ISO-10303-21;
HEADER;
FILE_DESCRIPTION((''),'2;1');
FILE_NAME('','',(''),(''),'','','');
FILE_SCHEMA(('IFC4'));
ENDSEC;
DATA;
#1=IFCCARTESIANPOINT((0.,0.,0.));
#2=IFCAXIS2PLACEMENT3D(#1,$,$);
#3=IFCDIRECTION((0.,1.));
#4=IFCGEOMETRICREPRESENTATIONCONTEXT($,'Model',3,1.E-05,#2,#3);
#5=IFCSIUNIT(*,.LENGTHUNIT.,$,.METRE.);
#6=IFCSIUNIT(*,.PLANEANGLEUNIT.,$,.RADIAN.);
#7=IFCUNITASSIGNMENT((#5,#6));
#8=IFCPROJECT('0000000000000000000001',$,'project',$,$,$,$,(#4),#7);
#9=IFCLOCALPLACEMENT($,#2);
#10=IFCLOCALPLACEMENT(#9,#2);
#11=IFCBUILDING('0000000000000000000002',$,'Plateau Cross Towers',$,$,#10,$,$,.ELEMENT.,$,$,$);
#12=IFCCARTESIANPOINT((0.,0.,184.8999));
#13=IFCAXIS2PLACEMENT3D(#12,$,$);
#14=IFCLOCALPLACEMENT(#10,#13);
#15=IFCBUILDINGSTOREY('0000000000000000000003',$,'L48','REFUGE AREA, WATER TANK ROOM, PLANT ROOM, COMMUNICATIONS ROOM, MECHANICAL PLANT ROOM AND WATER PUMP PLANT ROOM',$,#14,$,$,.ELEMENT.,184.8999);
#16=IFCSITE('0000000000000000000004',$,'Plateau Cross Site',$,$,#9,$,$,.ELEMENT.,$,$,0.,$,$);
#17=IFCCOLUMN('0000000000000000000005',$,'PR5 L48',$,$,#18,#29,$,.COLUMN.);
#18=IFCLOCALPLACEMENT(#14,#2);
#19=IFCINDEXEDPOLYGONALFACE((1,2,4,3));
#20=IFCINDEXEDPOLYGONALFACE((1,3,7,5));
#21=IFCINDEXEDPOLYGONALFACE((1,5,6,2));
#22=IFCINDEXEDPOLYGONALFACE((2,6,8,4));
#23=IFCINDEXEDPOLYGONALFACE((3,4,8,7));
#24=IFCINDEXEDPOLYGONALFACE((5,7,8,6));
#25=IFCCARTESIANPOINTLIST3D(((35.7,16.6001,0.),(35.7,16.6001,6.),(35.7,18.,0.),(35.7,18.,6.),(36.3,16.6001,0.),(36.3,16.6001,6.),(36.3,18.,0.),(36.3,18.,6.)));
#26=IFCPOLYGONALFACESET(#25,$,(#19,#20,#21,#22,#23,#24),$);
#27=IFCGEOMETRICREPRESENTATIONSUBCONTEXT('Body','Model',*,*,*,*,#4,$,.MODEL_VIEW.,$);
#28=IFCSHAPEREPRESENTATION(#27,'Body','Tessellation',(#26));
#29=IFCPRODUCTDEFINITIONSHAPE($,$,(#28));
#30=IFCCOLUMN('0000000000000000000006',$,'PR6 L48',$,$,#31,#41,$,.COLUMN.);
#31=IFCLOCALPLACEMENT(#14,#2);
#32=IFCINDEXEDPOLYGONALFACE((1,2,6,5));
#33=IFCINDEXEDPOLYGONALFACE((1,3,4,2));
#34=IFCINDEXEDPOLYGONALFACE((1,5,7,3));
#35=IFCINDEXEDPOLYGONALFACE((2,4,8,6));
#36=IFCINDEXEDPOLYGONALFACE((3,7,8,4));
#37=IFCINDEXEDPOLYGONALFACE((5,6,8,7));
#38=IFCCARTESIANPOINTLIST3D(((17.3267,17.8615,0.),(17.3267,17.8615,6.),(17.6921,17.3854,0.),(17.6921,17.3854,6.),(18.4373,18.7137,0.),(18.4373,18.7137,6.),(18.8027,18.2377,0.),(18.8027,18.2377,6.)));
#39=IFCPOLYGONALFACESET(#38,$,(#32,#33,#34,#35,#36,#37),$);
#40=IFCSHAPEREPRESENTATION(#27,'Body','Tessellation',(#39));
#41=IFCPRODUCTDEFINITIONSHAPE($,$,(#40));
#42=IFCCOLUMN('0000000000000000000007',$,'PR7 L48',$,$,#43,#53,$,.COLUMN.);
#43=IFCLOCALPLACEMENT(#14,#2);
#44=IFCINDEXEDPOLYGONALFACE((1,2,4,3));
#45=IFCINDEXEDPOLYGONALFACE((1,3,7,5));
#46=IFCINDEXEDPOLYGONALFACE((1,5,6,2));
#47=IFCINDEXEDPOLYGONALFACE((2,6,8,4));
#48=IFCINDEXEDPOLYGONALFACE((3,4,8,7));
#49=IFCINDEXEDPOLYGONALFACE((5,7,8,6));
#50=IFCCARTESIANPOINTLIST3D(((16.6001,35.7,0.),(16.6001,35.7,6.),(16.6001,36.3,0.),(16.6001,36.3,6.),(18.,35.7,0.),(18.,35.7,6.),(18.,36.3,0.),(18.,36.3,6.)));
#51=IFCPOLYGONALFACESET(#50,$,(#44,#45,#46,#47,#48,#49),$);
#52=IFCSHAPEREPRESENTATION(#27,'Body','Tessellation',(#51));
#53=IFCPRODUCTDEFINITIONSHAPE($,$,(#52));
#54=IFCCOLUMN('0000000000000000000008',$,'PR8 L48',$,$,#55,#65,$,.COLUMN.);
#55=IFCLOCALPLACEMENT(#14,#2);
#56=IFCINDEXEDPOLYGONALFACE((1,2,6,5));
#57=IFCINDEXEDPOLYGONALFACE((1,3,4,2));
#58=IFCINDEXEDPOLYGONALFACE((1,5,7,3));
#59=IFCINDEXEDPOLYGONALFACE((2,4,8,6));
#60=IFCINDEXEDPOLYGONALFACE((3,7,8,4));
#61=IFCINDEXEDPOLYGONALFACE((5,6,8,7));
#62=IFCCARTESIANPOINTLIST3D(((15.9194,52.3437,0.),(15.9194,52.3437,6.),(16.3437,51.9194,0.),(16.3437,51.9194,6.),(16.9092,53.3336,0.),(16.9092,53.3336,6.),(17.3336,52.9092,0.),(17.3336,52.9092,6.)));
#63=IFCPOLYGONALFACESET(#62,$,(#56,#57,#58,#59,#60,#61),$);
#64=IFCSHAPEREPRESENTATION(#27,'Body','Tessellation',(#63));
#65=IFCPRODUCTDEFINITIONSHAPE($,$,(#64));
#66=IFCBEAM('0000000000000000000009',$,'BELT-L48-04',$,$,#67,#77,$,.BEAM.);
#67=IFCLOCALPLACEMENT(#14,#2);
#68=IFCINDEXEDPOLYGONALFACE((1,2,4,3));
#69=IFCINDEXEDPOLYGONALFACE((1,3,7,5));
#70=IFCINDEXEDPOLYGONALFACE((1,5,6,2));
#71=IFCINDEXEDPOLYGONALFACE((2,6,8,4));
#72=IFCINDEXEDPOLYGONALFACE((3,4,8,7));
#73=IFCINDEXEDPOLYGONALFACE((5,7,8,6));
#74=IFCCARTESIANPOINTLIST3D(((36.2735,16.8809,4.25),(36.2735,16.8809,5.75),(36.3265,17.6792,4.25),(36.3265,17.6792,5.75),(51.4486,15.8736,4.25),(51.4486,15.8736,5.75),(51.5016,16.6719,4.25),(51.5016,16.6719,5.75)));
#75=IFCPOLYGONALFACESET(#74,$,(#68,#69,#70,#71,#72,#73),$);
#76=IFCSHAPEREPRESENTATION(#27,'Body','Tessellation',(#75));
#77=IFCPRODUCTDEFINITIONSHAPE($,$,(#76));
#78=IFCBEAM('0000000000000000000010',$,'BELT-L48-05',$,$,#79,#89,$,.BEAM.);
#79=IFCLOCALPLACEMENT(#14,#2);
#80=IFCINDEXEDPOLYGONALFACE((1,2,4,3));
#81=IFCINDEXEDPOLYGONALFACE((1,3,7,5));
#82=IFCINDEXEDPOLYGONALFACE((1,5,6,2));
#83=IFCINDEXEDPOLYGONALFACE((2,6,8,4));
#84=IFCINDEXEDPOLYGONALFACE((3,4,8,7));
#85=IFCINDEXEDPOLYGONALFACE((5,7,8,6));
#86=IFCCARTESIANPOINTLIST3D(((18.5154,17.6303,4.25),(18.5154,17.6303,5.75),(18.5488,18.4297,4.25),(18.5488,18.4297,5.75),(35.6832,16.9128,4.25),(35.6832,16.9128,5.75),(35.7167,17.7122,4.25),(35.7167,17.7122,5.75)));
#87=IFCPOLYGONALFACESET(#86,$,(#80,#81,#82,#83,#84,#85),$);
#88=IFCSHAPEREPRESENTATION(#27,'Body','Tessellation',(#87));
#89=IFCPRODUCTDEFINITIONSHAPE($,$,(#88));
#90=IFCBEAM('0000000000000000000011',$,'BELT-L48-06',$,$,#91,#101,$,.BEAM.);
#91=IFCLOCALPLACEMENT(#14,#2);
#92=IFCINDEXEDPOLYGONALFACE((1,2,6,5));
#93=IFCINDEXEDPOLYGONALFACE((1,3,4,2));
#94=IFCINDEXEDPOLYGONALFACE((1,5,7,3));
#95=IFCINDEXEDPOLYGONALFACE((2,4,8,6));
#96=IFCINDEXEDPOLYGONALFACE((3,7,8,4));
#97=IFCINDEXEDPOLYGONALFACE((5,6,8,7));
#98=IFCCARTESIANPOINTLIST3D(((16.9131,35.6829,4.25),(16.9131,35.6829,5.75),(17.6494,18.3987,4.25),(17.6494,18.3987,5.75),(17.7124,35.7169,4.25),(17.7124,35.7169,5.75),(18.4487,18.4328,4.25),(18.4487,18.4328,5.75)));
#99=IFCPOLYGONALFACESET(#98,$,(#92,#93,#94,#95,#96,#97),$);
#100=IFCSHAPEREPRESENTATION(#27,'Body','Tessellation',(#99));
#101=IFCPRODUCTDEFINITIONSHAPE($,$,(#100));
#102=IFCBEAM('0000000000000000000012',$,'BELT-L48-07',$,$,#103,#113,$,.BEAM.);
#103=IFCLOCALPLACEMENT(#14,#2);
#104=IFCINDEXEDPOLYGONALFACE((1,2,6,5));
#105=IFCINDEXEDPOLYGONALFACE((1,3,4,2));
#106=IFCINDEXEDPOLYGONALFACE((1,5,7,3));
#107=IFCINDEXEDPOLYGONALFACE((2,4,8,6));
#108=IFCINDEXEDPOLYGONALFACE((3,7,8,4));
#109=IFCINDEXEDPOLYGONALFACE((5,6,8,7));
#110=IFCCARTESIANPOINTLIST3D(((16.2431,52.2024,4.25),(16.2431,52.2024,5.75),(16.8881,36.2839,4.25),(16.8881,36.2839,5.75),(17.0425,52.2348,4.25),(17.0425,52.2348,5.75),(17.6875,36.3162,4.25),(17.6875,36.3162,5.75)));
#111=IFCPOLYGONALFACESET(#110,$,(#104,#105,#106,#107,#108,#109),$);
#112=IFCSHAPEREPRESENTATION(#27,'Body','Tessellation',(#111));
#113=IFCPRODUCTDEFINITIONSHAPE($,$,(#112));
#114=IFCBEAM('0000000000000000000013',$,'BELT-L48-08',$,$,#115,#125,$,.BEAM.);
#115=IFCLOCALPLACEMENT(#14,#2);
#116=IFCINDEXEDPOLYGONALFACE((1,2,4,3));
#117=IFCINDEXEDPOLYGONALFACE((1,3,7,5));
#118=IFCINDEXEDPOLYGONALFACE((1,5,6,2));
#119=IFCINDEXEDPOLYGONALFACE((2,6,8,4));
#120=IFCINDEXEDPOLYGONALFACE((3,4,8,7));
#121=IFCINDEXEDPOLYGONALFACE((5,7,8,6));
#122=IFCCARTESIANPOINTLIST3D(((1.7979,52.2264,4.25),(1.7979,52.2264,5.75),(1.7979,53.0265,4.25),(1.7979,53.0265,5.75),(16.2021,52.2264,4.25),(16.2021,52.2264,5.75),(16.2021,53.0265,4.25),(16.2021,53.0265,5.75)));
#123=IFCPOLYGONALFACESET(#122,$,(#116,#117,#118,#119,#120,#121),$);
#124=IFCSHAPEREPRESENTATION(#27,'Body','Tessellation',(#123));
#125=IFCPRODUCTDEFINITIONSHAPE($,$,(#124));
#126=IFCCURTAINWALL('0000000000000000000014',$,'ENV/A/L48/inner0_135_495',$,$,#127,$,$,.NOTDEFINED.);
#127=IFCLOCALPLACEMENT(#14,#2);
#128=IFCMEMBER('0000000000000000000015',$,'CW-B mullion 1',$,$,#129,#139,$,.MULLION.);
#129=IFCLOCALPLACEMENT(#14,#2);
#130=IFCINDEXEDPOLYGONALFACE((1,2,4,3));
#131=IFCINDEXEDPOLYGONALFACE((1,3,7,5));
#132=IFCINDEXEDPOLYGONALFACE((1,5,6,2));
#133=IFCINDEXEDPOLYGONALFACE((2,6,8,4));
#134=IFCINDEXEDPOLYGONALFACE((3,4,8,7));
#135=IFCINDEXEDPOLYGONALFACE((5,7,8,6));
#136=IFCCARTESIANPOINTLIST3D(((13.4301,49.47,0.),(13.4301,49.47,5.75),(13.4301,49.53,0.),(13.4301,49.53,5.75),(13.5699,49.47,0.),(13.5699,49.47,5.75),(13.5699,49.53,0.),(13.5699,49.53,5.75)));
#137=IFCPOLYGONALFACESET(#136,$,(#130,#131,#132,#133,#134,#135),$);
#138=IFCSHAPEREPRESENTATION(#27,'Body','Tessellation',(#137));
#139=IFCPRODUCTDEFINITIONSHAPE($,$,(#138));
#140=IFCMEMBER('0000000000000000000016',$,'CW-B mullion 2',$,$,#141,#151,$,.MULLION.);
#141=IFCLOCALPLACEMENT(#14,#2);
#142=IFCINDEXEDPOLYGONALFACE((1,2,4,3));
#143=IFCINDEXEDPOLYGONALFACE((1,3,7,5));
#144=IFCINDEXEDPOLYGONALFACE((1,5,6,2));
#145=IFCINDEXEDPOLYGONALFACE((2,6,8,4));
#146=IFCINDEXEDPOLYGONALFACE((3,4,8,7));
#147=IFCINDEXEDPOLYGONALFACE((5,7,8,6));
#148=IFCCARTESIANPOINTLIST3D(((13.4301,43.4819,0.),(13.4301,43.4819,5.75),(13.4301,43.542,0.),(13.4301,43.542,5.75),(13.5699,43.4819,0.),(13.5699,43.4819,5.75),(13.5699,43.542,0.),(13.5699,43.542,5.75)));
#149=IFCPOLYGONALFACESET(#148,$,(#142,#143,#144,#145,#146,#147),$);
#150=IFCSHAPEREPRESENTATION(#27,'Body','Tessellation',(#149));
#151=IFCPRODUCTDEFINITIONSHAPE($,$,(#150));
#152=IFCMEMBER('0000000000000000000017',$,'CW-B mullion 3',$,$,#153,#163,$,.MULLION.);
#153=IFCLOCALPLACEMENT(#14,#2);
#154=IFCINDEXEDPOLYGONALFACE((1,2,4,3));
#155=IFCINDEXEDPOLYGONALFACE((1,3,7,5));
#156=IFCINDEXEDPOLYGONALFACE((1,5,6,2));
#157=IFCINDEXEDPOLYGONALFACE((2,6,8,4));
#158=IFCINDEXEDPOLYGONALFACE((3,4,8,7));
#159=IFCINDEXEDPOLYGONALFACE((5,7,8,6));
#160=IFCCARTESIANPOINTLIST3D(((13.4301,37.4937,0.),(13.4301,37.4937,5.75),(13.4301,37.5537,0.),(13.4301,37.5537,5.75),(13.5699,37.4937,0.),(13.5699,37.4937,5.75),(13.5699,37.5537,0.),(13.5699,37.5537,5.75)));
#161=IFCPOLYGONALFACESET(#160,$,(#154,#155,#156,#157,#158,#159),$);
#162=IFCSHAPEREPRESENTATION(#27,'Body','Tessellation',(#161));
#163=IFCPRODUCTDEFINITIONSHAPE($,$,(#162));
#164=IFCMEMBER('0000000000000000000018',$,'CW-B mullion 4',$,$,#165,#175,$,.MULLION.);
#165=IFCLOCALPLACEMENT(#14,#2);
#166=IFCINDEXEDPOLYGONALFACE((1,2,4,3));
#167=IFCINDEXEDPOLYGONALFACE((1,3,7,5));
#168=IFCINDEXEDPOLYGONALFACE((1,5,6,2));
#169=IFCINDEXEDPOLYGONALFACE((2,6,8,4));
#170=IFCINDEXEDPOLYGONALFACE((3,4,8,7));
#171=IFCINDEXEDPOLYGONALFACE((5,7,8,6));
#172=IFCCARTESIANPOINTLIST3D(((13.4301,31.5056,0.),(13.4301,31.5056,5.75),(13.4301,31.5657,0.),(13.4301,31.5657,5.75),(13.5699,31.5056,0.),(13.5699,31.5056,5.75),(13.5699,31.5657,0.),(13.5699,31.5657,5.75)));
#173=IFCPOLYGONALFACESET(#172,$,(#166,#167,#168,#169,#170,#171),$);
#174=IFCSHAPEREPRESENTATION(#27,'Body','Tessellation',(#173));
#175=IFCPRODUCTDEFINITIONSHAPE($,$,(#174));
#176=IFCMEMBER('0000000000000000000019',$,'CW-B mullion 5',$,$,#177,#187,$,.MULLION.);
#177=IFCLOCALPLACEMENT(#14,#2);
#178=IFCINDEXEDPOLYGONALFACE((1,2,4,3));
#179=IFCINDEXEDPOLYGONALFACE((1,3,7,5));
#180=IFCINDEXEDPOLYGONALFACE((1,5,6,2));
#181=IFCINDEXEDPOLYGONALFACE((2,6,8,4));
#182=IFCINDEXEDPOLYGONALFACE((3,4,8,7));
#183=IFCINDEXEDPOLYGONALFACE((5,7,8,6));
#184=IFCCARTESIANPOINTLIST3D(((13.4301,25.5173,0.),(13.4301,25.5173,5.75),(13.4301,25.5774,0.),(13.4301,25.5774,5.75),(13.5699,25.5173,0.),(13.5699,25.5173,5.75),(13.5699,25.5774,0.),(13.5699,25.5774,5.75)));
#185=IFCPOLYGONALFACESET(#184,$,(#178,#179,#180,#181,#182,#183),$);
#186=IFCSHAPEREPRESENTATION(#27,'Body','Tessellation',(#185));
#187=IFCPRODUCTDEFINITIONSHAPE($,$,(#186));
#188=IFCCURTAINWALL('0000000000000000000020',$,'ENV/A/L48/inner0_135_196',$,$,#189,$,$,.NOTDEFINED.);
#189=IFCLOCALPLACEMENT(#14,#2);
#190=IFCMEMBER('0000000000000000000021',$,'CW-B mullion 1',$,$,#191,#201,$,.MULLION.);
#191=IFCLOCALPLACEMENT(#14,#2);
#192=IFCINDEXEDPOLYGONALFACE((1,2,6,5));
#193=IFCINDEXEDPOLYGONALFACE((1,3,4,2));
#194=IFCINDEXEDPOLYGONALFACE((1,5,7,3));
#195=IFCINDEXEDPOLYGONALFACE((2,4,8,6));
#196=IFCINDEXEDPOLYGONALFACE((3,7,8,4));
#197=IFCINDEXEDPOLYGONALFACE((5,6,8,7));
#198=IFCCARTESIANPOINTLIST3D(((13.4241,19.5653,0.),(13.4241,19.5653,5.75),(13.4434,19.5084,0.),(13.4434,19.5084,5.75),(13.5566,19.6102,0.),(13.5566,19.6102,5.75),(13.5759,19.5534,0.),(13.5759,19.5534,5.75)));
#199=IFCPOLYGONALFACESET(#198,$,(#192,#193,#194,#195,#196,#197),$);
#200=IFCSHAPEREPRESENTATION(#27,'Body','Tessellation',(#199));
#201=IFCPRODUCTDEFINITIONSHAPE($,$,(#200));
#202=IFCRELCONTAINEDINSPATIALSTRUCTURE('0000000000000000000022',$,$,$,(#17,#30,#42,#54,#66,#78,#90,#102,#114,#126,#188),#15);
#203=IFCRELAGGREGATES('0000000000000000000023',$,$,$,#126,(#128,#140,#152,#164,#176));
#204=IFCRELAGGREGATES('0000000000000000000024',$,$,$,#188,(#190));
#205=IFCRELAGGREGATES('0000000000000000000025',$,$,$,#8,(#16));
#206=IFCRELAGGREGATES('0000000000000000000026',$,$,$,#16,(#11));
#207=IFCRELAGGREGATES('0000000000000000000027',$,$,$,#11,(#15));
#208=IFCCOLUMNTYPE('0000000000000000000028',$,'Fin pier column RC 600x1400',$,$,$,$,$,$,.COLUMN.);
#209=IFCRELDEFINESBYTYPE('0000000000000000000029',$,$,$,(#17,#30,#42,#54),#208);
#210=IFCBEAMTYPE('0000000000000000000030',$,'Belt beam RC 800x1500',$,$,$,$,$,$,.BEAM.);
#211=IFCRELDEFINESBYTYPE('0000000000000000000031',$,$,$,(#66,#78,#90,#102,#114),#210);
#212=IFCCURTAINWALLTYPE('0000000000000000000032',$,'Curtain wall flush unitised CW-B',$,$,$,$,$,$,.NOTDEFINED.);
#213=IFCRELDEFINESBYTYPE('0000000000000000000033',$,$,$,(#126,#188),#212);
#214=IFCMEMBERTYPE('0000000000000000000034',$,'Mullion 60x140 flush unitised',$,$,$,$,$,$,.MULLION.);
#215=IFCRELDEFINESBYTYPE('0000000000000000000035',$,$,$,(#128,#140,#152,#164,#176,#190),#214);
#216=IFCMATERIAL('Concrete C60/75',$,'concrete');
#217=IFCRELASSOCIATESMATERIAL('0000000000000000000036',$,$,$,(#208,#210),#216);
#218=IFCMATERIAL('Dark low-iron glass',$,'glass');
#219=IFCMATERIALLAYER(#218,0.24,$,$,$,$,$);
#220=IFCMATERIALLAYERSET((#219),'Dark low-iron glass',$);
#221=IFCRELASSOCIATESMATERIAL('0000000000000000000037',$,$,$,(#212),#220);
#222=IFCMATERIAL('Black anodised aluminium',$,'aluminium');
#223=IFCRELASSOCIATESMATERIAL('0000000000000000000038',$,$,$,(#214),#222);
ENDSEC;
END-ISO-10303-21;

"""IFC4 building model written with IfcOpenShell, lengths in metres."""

from ifc_helpers import new_model, si_unit, direction, frame, origin, origin_2d, place, context, subcontext, project, spatial, rectangle, extrude, material, layer, layer_set, material_profile, profile_set, type_object, element, aggregate, save


model = new_model("IFC4")

# Units and contexts
model_context = context("Model", 3, precision=1e-05, world=origin(), true_north=direction((0.0, 1.0)))
body_context = subcontext(model_context, "Body", "Model", "MODEL_VIEW")
ifc_project = project(units=[si_unit("LENGTHUNIT", "METRE"), si_unit("PLANEANGLEUNIT", "RADIAN")], contexts=[model_context])

# Site, building, storey
site_placement = place(None, origin())
site = spatial("IfcSite", under=ifc_project, at=site_placement, Name="Plateau Cross Site", CompositionType="ELEMENT", RefElevation=0.0)
building_placement = place(site_placement, origin())
building = spatial("IfcBuilding", under=site, at=building_placement, Name="Plateau Cross Towers", CompositionType="ELEMENT")
storey_placement = place(building_placement, frame((0.0, 0.0, 184.8999)))
storey = spatial("IfcBuildingStorey", under=building, at=storey_placement, Name="L48", Description="REFUGE AREA, WATER TANK ROOM, PLANT ROOM, COMMUNICATIONS ROOM, MECHANICAL PLANT ROOM AND WATER PUMP PLANT ROOM", CompositionType="ELEMENT", Elevation=184.8999)

# Columns
ifc_material_1 = material(Name="Concrete C60/75", Category="concrete")
ifc_material_profile_1 = material_profile(ifc_material_1, rectangle(XDim=0.6001, YDim=1.3999, at=origin_2d()), Name="RC 600x1400")
ifc_profile_set_1 = profile_set([ifc_material_profile_1], Name="Concrete C60/75")
column_type = type_object("IfcColumnType", Name="Fin pier column RC 600x1400", PredefinedType="COLUMN", material=ifc_profile_set_1)
for number, where, z_axis, x_axis, name in (
    (1, (36.0, 17.3, 0.0), (0.0, 0.0, 1.0), (1.0, 0.0, 0.0), "PR5 L48"),
    (2, (18.0647, 18.0496, 0.0), (0.0, 0.0, 1.0), (-0.608811, 0.793315, 0.0), "PR6 L48"),
    (3, (17.3, 36.0, 0.0), (0.0, 0.0, 1.0), (0.0, 1.0, 0.0), "PR7 L48"),
    (4, (16.6265, 52.6265, 0.0), (0.0, 0.0, 1.0), (-0.707107, 0.707107, 0.0), "PR8 L48"),
):
    element("IfcColumn", number, at=place(storey_placement, frame(where, z_axis=z_axis, x_axis=x_axis)), inside=storey, type_object=column_type, Name=name, PredefinedType="COLUMN", context=body_context, shape_type="SweptSolid", body=[
        extrude(rectangle(XDim=0.6001, YDim=1.3999, at=origin_2d()), origin(), (0.0, 0.0, 1.0), 6.0),
    ])

# Beams
ifc_material_profile_2 = material_profile(ifc_material_1, rectangle(XDim=0.8, YDim=1.5, at=origin_2d()), Name="RC 800x1500")
ifc_profile_set_2 = profile_set([ifc_material_profile_2], Name="Concrete C60/75")
beam_type = type_object("IfcBeamType", Name="Belt beam RC 800x1500", PredefinedType="BEAM", material=ifc_profile_set_2)
beam_1_placement = place(storey_placement, frame((51.4751, 16.2727, 5.0), z_axis=(-0.997804, 0.066235, 0.0), x_axis=(-0.066235, -0.997804, 0.0)))
element("IfcBeam", 5, at=beam_1_placement, inside=storey, type_object=beam_type, Name="BELT-L48-04", PredefinedType="BEAM", context=body_context, shape_type="SweptSolid", body=[
    extrude(rectangle(XDim=0.8, YDim=1.5, at=origin_2d()), origin(), (0.0, 0.0, 1.0), 15.2085),
])
beam_2_placement = place(storey_placement, frame((35.7, 17.3125, 5.0), z_axis=(-0.999128, 0.041758, 0.0), x_axis=(-0.041758, -0.999128, 0.0)))
element("IfcBeam", 6, at=beam_2_placement, inside=storey, type_object=beam_type, Name="BELT-L48-05", PredefinedType="BEAM", context=body_context, shape_type="SweptSolid", body=[
    extrude(rectangle(XDim=0.8, YDim=1.5, at=origin_2d()), origin(), (0.0, 0.0, 1.0), 17.1829),
])
beam_3_placement = place(storey_placement, frame((18.0491, 18.4158, 5.0), z_axis=(-0.042563, 0.999094, 0.0), x_axis=(-0.999094, -0.042563, 0.0)))
element("IfcBeam", 7, at=beam_3_placement, inside=storey, type_object=beam_type, Name="BELT-L48-06", PredefinedType="BEAM", context=body_context, shape_type="SweptSolid", body=[
    extrude(rectangle(XDim=0.8, YDim=1.5, at=origin_2d()), origin(), (0.0, 0.0, 1.0), 17.2998),
])
beam_4_placement = place(storey_placement, frame((17.2878, 36.3, 5.0), z_axis=(-0.040487, 0.99918, 0.0), x_axis=(-0.99918, -0.040487, 0.0)))
element("IfcBeam", 8, at=beam_4_placement, inside=storey, type_object=beam_type, Name="BELT-L48-07", PredefinedType="BEAM", context=body_context, shape_type="SweptSolid", body=[
    extrude(rectangle(XDim=0.8, YDim=1.5, at=origin_2d()), origin(), (0.0, 0.0, 1.0), 15.9316),
])
beam_5_placement = place(storey_placement, frame((16.2021, 52.6265, 5.0), z_axis=(-1.0, 0.0, 0.0), x_axis=(0.0, -1.0, 0.0)))
element("IfcBeam", 9, at=beam_5_placement, inside=storey, type_object=beam_type, Name="BELT-L48-08", PredefinedType="BEAM", context=body_context, shape_type="SweptSolid", body=[
    extrude(rectangle(XDim=0.8, YDim=1.5, at=origin_2d()), origin(), (0.0, 0.0, 1.0), 14.4043),
])

# Curtain walls, members
ifc_material_2 = material(Name="Dark low-iron glass", Category="glass")
ifc_layer_1 = layer(ifc_material_2, 0.24)
ifc_layer_set_1 = layer_set([ifc_layer_1], Name="Dark low-iron glass")
curtain_wall_type = type_object("IfcCurtainWallType", Name="Curtain wall flush unitised CW-B", PredefinedType="NOTDEFINED", material=ifc_layer_set_1)
curtain_wall_1_placement = place(storey_placement, origin())
curtain_wall_1 = element("IfcCurtainWall", 10, at=curtain_wall_1_placement, inside=storey, type_object=curtain_wall_type, Name="ENV/A/L48/inner0_135_495", PredefinedType="NOTDEFINED")
ifc_material_3 = material(Name="Black anodised aluminium", Category="aluminium")
ifc_material_profile_3 = material_profile(ifc_material_3, rectangle(XDim=0.0601, YDim=0.1399, at=origin_2d()), Name="MULLION 60x140")
ifc_profile_set_3 = profile_set([ifc_material_profile_3], Name="Black anodised aluminium")
member_type_1 = type_object("IfcMemberType", Name="Mullion 60x140 flush unitised", PredefinedType="MULLION", material=ifc_profile_set_3)
member_1_placement = place(storey_placement, frame((13.5, 49.5, 0.0), z_axis=(0.0, 0.0, 1.0), x_axis=(0.0, -1.0, 0.0)))
member_1 = element("IfcMember", 11, at=member_1_placement, type_object=member_type_1, Name="CW-B mullion 1", PredefinedType="MULLION", context=body_context, shape_type="SweptSolid", body=[
    extrude(rectangle(XDim=0.0601, YDim=0.1399, at=origin_2d()), origin(), (0.0, 0.0, 1.0), 5.75),
])
member_2_placement = place(storey_placement, frame((13.5, 43.512, 0.0), z_axis=(0.0, 0.0, 1.0), x_axis=(0.0, -1.0, 0.0)))
member_2 = element("IfcMember", 12, at=member_2_placement, type_object=member_type_1, Name="CW-B mullion 2", PredefinedType="MULLION", context=body_context, shape_type="SweptSolid", body=[
    extrude(rectangle(XDim=0.0601, YDim=0.1399, at=origin_2d()), origin(), (0.0, 0.0, 1.0), 5.75),
])
member_3_placement = place(storey_placement, frame((13.5, 37.5237, 0.0), z_axis=(0.0, 0.0, 1.0), x_axis=(0.0, -1.0, 0.0)))
member_3 = element("IfcMember", 13, at=member_3_placement, type_object=member_type_1, Name="CW-B mullion 3", PredefinedType="MULLION", context=body_context, shape_type="SweptSolid", body=[
    extrude(rectangle(XDim=0.0601, YDim=0.1399, at=origin_2d()), origin(), (0.0, 0.0, 1.0), 5.75),
])
member_4_placement = place(storey_placement, frame((13.5, 31.5356, 0.0), z_axis=(0.0, 0.0, 1.0), x_axis=(0.0, -1.0, 0.0)))
member_4 = element("IfcMember", 14, at=member_4_placement, type_object=member_type_1, Name="CW-B mullion 4", PredefinedType="MULLION", context=body_context, shape_type="SweptSolid", body=[
    extrude(rectangle(XDim=0.0601, YDim=0.1399, at=origin_2d()), origin(), (0.0, 0.0, 1.0), 5.75),
])
member_5_placement = place(storey_placement, frame((13.5, 25.5474, 0.0), z_axis=(0.0, 0.0, 1.0), x_axis=(0.0, -1.0, 0.0)))
member_5 = element("IfcMember", 15, at=member_5_placement, type_object=member_type_1, Name="CW-B mullion 5", PredefinedType="MULLION", context=body_context, shape_type="SweptSolid", body=[
    extrude(rectangle(XDim=0.0601, YDim=0.1399, at=origin_2d()), origin(), (0.0, 0.0, 1.0), 5.75),
])
curtain_wall_2_placement = place(storey_placement, origin())
curtain_wall_2 = element("IfcCurtainWall", 16, at=curtain_wall_2_placement, inside=storey, type_object=curtain_wall_type, Name="ENV/A/L48/inner0_135_196", PredefinedType="NOTDEFINED")
member_6_placement = place(storey_placement, frame((13.5, 19.5593, 0.0), z_axis=(0.0, 0.0, 1.0), x_axis=(0.321469, -0.94692, 0.0)))
member_6 = element("IfcMember", 17, at=member_6_placement, type_object=member_type_1, Name="CW-B mullion 1", PredefinedType="MULLION", context=body_context, shape_type="SweptSolid", body=[
    extrude(rectangle(XDim=0.0601, YDim=0.1399, at=origin_2d()), origin(), (0.0, 0.0, 1.0), 5.75),
])

aggregate(curtain_wall_1, [member_1, member_2, member_3, member_4, member_5])
aggregate(curtain_wall_2, [member_6])

save(model, "model.ifc")
